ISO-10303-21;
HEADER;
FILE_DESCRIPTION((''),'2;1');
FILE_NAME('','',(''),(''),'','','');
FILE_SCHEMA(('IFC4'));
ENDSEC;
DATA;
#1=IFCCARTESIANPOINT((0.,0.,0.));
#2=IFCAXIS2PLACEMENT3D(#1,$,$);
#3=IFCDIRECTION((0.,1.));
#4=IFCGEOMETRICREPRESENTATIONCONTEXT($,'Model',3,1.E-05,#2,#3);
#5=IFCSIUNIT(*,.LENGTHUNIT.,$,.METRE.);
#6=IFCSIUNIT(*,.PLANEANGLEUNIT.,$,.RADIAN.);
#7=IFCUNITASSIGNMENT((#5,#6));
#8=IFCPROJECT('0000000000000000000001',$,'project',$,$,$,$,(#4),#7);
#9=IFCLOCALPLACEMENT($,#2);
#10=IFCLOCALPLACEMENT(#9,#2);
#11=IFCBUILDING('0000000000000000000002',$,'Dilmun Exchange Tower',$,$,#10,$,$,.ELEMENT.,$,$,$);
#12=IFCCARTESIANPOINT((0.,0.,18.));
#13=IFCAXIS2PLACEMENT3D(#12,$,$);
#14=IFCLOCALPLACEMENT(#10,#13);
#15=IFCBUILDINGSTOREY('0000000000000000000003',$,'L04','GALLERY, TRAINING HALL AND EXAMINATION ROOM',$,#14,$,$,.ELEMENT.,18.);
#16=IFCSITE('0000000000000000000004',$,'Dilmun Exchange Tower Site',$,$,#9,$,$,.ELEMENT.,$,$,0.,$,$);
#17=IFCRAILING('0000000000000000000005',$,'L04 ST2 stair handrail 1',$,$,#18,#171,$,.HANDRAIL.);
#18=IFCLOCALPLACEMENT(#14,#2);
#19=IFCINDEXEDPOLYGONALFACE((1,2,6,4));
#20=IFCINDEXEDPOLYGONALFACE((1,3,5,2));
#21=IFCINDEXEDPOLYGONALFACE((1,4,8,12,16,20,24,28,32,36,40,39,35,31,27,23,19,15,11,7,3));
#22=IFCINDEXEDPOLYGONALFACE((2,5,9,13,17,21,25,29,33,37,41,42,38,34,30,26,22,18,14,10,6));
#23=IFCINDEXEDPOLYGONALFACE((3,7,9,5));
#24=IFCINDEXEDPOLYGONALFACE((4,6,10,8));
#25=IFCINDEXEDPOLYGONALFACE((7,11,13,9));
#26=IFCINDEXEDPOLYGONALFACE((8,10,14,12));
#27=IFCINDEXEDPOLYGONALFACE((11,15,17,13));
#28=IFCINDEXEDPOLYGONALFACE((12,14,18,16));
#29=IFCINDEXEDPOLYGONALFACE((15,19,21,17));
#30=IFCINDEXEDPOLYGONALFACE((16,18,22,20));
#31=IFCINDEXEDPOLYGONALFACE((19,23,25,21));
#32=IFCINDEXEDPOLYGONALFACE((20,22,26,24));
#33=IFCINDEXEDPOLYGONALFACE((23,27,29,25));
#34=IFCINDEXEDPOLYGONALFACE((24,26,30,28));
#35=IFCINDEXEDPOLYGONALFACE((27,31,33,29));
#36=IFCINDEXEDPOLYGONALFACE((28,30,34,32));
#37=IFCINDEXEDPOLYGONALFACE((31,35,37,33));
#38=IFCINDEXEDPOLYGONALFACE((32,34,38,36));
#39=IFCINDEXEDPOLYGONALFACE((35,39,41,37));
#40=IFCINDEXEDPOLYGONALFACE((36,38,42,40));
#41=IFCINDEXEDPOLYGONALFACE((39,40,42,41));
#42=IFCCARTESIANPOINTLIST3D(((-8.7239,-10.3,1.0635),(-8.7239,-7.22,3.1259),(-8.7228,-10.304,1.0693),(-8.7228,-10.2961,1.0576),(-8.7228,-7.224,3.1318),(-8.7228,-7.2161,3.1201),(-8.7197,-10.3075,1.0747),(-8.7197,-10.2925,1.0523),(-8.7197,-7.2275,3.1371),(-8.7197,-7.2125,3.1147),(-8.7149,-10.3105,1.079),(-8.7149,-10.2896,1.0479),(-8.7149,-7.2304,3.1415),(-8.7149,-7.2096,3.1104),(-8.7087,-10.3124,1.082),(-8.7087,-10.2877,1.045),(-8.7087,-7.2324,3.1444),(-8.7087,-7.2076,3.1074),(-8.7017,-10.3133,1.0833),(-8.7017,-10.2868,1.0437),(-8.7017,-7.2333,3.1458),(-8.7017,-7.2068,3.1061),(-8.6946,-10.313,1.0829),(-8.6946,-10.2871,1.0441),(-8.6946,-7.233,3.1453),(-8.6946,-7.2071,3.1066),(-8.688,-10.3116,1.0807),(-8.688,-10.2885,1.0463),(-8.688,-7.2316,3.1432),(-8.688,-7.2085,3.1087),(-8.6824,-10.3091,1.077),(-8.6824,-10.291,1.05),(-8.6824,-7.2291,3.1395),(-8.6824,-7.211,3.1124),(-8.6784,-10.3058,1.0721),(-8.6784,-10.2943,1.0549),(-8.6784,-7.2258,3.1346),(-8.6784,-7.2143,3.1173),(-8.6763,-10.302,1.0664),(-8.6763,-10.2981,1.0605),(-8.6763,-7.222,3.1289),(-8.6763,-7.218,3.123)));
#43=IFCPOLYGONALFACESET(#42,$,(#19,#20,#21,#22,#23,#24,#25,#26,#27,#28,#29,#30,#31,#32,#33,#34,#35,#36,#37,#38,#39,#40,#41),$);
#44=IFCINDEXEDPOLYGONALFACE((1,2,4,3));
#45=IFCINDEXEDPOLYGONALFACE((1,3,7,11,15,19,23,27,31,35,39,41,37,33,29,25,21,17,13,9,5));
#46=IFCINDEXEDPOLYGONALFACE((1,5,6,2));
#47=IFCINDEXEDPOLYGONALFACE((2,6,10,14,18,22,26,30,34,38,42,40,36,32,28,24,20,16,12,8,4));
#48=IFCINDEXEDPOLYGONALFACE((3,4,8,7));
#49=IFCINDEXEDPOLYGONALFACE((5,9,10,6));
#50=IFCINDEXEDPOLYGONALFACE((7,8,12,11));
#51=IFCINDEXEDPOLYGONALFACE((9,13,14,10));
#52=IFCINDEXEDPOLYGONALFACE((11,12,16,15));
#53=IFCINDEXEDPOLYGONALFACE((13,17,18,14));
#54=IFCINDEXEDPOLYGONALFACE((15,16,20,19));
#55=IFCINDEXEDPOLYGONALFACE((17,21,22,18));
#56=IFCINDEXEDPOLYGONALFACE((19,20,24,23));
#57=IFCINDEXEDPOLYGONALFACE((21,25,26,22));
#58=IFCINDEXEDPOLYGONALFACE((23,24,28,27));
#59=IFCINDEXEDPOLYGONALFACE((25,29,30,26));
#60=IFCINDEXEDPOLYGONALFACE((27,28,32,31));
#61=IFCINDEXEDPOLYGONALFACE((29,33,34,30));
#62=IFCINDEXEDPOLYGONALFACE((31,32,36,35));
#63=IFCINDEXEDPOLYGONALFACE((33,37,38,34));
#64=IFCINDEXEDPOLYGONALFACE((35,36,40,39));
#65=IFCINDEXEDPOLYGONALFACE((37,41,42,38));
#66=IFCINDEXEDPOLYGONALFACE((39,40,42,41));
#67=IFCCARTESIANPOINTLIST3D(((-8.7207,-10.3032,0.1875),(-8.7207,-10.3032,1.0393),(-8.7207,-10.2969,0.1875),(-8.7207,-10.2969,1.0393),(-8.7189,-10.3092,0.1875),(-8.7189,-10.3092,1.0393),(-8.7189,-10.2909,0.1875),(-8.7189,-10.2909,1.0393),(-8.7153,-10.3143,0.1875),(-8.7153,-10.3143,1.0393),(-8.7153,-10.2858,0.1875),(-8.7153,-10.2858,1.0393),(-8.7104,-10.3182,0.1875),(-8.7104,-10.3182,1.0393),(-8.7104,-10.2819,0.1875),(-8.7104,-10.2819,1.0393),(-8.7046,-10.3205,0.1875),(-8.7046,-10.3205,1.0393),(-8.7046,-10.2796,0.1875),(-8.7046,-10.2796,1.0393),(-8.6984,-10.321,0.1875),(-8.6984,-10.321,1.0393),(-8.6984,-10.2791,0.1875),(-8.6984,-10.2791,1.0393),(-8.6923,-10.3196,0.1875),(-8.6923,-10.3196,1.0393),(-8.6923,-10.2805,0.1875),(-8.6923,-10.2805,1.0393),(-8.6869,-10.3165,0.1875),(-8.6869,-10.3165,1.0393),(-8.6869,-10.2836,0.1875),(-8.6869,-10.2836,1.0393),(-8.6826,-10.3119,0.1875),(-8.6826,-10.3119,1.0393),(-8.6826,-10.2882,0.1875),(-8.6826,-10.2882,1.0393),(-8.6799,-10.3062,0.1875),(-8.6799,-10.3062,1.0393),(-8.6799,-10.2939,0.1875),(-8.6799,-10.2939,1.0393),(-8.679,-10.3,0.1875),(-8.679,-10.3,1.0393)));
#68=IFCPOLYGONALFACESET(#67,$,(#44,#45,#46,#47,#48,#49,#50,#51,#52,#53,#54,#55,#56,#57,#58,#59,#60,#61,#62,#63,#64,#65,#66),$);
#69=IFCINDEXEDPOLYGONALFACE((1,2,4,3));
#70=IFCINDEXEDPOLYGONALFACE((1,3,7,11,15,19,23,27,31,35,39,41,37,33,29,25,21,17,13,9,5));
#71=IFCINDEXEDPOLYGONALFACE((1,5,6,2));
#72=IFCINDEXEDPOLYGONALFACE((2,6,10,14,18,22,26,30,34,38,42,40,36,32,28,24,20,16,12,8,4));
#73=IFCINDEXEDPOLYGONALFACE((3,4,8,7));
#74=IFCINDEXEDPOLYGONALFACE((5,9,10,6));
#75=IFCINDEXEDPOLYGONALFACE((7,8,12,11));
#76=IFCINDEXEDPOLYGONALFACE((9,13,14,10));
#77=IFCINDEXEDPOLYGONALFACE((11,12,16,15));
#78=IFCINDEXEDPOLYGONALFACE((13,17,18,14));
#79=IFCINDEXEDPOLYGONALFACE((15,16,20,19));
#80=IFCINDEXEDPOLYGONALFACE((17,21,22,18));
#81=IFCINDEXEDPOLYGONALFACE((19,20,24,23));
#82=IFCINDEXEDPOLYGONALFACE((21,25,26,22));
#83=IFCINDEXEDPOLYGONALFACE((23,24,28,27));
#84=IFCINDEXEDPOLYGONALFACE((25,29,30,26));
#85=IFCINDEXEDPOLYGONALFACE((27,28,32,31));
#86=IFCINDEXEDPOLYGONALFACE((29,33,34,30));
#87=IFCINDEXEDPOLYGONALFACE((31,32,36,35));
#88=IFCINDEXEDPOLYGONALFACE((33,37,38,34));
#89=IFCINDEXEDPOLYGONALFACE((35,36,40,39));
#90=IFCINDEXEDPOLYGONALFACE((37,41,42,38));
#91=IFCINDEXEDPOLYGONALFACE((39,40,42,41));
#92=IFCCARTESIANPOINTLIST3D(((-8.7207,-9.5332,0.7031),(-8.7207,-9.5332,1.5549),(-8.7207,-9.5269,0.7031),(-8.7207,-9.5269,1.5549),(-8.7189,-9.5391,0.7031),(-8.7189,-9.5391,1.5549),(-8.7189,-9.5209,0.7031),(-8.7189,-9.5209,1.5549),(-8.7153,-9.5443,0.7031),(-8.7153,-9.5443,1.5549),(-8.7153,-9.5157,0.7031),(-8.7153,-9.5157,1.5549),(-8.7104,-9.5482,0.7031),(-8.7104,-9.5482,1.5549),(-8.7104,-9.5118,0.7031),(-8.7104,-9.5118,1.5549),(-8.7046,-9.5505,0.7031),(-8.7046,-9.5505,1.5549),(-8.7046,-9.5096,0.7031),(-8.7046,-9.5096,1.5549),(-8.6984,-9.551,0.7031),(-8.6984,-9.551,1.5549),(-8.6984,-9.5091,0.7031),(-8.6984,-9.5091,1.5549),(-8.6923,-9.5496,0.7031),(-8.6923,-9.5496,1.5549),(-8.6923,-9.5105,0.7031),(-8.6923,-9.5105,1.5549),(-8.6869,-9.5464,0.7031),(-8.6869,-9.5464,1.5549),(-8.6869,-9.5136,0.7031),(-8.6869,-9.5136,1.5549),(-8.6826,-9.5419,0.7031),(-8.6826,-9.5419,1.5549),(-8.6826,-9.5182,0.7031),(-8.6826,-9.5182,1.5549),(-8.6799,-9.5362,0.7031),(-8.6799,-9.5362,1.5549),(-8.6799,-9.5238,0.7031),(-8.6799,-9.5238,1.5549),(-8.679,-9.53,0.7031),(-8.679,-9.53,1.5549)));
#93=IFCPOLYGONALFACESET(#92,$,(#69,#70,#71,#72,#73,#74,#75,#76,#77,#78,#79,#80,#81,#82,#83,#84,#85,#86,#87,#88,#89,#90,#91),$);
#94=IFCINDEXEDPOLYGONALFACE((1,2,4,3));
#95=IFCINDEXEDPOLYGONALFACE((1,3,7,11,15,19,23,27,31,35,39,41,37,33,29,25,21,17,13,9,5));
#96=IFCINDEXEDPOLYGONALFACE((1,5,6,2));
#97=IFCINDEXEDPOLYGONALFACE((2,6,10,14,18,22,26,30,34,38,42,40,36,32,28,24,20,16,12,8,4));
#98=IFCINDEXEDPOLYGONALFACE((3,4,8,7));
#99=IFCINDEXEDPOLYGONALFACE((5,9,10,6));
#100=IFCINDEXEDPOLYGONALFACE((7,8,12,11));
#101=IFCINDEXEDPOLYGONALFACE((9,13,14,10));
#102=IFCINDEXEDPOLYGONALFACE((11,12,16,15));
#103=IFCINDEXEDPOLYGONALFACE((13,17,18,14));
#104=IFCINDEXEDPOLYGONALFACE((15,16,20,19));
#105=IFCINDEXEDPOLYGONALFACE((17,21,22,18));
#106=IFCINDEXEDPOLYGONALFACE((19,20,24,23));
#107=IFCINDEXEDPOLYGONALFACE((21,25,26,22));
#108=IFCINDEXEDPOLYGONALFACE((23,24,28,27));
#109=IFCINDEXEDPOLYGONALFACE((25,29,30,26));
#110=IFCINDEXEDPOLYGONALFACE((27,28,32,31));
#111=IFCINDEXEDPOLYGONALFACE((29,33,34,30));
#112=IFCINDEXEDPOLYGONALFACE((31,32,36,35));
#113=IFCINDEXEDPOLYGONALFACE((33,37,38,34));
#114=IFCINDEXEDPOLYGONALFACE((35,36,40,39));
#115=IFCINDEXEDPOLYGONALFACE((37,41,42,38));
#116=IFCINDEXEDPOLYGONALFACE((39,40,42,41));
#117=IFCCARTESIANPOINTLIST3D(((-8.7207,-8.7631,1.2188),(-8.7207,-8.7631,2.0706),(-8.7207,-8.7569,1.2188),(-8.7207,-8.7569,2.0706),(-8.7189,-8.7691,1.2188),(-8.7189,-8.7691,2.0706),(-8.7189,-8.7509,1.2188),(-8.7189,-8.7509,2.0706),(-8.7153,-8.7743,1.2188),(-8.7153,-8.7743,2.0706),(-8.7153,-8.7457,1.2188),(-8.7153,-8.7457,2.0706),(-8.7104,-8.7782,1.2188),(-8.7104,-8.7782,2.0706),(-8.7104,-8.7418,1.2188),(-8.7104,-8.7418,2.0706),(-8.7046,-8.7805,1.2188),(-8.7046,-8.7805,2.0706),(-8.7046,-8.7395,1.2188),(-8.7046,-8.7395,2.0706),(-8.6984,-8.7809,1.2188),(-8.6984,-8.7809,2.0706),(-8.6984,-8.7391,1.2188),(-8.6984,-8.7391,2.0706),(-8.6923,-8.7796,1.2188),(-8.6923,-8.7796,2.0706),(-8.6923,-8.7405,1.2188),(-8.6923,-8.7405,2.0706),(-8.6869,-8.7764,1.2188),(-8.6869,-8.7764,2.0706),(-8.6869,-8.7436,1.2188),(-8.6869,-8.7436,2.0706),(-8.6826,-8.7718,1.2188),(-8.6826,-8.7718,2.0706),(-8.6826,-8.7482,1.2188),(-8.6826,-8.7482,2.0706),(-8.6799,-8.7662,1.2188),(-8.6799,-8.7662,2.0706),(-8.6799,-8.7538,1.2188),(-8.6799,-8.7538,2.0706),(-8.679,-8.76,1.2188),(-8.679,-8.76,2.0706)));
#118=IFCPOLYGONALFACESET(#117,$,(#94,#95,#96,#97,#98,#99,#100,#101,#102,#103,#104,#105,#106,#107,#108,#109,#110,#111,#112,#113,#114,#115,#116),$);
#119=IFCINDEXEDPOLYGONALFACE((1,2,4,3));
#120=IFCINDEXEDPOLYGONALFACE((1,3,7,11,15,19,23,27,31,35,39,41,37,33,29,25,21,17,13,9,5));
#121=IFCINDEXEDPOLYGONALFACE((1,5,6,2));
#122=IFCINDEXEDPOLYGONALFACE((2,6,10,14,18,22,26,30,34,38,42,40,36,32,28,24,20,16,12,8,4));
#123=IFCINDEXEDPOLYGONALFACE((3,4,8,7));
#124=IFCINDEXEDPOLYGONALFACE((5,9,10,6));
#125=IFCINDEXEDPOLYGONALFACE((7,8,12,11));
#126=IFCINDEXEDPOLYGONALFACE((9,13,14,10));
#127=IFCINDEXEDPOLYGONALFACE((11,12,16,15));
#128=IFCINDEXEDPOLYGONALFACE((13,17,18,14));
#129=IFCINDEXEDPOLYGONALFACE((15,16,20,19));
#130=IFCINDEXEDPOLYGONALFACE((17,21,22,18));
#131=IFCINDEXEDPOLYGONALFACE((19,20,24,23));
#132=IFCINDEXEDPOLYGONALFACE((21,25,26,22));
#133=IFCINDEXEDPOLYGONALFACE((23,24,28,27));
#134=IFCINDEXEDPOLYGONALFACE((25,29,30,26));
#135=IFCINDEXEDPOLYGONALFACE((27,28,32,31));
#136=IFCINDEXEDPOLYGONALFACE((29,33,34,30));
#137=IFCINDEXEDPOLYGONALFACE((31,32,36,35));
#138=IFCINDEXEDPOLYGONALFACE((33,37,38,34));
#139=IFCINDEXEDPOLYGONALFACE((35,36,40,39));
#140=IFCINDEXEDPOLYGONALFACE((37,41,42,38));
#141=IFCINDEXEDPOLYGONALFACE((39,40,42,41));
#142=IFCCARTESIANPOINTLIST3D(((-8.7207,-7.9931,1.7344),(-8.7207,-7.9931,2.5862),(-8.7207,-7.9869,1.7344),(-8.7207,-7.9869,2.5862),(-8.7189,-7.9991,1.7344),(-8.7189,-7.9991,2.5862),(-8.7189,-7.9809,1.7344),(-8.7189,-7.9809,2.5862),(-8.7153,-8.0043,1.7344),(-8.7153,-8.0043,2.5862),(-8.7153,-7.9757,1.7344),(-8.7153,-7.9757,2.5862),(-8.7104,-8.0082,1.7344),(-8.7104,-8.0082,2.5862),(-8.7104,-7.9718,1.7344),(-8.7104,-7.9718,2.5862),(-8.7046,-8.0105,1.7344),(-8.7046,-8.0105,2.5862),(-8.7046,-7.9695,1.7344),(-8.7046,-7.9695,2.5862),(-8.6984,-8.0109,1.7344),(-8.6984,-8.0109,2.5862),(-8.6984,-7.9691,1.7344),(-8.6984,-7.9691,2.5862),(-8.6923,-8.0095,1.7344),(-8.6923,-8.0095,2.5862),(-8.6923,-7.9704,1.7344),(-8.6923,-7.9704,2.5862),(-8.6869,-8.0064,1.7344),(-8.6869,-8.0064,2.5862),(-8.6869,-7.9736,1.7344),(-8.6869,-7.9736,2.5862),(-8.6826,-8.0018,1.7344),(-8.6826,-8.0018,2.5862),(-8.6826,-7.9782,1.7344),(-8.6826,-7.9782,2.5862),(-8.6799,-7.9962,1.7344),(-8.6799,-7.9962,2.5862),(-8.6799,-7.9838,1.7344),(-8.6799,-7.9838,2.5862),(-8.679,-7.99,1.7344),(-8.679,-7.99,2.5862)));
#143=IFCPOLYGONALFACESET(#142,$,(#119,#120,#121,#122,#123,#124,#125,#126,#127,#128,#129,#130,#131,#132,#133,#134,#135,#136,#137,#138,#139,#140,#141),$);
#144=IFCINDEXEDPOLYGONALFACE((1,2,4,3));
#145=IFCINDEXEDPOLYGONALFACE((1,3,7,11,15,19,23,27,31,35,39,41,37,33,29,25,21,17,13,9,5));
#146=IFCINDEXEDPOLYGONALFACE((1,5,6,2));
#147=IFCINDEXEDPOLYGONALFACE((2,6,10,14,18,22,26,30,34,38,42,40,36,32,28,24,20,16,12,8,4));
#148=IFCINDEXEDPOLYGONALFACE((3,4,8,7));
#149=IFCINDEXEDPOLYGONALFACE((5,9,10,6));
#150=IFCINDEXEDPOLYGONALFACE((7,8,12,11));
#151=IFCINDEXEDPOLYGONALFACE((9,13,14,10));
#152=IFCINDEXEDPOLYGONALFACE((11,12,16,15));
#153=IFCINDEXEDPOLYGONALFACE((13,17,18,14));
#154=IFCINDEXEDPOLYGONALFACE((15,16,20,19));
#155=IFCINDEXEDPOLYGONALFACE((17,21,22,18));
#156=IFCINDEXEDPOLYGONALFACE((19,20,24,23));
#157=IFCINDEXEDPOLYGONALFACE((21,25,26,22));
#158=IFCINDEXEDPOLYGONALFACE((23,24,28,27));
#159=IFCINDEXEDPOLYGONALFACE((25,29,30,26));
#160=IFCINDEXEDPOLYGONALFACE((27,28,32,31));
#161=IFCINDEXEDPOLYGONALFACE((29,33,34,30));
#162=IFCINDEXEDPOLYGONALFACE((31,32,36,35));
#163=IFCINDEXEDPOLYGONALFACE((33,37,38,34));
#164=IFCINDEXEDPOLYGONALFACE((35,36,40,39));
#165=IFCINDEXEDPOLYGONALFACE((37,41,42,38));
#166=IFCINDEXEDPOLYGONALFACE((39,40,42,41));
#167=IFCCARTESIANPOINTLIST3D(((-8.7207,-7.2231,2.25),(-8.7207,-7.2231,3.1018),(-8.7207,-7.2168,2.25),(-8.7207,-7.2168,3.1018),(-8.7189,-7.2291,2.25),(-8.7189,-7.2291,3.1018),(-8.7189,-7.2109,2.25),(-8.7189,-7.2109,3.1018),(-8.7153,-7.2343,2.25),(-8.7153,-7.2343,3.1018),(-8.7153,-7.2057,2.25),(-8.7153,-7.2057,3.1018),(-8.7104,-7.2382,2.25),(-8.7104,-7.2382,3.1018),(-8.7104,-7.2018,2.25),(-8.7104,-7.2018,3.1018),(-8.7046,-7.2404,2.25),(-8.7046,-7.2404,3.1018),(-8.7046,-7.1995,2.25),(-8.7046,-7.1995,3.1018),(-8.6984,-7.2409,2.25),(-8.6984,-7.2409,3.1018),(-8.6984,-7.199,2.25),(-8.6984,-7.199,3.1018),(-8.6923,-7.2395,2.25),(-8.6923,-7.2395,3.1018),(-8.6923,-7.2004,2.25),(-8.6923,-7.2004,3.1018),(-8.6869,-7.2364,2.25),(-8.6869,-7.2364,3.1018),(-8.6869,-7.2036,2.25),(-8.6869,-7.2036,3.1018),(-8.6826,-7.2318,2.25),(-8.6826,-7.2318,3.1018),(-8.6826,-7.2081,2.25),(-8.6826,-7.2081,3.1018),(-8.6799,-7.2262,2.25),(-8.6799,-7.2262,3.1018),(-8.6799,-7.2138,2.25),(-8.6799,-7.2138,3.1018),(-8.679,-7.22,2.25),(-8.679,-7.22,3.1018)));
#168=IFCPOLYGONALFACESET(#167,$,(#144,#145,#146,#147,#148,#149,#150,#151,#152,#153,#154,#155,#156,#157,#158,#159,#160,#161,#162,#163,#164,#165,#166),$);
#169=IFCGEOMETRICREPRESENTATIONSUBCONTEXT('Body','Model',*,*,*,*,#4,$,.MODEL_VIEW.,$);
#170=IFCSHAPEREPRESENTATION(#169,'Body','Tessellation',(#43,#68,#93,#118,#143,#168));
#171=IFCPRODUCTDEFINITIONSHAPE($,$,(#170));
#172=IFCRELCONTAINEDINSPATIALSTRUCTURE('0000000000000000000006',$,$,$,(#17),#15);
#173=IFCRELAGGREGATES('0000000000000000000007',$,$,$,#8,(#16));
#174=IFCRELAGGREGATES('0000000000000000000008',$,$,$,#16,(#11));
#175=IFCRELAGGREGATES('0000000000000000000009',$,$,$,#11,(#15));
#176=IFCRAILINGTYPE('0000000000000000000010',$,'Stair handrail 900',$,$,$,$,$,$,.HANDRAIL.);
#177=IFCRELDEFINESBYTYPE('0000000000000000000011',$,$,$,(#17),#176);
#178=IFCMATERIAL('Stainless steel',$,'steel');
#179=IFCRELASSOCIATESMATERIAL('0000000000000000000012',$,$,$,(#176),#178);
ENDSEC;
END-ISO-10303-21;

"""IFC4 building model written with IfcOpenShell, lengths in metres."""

from ifc_helpers import new_model, si_unit, direction, frame, origin, origin_2d, place, context, subcontext, project, spatial, circle, extrude, material, type_object, element, save


model = new_model("IFC4")

# Units and contexts
model_context = context("Model", 3, precision=1e-05, world=origin(), true_north=direction((0.0, 1.0)))
body_context = subcontext(model_context, "Body", "Model", "MODEL_VIEW")
ifc_project = project(units=[si_unit("LENGTHUNIT", "METRE"), si_unit("PLANEANGLEUNIT", "RADIAN")], contexts=[model_context])

# Site, building, storey
site_placement = place(None, origin())
site = spatial("IfcSite", under=ifc_project, at=site_placement, Name="Dilmun Exchange Tower Site", CompositionType="ELEMENT", RefElevation=0.0)
building_placement = place(site_placement, origin())
building = spatial("IfcBuilding", under=site, at=building_placement, Name="Dilmun Exchange Tower", CompositionType="ELEMENT")
storey_placement = place(building_placement, frame((0.0, 0.0, 18.0)))
storey = spatial("IfcBuildingStorey", under=building, at=storey_placement, Name="L04", Description="GALLERY, TRAINING HALL AND EXAMINATION ROOM", CompositionType="ELEMENT", Elevation=18.0)

# Railing
ifc_material_1 = material(Name="Stainless steel", Category="steel")
railing_type = type_object("IfcRailingType", Name="Stair handrail 900", PredefinedType="HANDRAIL", material=ifc_material_1)
railing_placement = place(storey_placement, frame((-8.7, -10.3, 0.1875)))
element("IfcRailing", 1, at=railing_placement, inside=storey, type_object=railing_type, Name="L04 ST2 stair handrail 1", PredefinedType="HANDRAIL", context=body_context, shape_type="SweptSolid", body=[
    extrude(circle(Radius=0.0239, at=origin_2d()), frame((0.0, 0.0, 0.876), z_axis=(0.0, 0.830914, 0.556401), x_axis=(-1.0, 0.0, 0.0)), (0.0, 0.0, 1.0), 3.7068),
    extrude(circle(Radius=0.021, at=origin_2d()), origin(), (0.0, 0.0, 1.0), 0.8518),
    extrude(circle(Radius=0.021, at=origin_2d()), frame((0.0, 0.77, 0.5156)), (0.0, 0.0, 1.0), 0.8518),
    extrude(circle(Radius=0.021, at=origin_2d()), frame((0.0, 1.54, 1.0312)), (0.0, 0.0, 1.0), 0.8518),
    extrude(circle(Radius=0.021, at=origin_2d()), frame((0.0, 2.3101, 1.5469)), (0.0, 0.0, 1.0), 0.8518),
    extrude(circle(Radius=0.021, at=origin_2d()), frame((0.0, 3.0801, 2.0625)), (0.0, 0.0, 1.0), 0.8518),
])

save(model, "model.ifc")
